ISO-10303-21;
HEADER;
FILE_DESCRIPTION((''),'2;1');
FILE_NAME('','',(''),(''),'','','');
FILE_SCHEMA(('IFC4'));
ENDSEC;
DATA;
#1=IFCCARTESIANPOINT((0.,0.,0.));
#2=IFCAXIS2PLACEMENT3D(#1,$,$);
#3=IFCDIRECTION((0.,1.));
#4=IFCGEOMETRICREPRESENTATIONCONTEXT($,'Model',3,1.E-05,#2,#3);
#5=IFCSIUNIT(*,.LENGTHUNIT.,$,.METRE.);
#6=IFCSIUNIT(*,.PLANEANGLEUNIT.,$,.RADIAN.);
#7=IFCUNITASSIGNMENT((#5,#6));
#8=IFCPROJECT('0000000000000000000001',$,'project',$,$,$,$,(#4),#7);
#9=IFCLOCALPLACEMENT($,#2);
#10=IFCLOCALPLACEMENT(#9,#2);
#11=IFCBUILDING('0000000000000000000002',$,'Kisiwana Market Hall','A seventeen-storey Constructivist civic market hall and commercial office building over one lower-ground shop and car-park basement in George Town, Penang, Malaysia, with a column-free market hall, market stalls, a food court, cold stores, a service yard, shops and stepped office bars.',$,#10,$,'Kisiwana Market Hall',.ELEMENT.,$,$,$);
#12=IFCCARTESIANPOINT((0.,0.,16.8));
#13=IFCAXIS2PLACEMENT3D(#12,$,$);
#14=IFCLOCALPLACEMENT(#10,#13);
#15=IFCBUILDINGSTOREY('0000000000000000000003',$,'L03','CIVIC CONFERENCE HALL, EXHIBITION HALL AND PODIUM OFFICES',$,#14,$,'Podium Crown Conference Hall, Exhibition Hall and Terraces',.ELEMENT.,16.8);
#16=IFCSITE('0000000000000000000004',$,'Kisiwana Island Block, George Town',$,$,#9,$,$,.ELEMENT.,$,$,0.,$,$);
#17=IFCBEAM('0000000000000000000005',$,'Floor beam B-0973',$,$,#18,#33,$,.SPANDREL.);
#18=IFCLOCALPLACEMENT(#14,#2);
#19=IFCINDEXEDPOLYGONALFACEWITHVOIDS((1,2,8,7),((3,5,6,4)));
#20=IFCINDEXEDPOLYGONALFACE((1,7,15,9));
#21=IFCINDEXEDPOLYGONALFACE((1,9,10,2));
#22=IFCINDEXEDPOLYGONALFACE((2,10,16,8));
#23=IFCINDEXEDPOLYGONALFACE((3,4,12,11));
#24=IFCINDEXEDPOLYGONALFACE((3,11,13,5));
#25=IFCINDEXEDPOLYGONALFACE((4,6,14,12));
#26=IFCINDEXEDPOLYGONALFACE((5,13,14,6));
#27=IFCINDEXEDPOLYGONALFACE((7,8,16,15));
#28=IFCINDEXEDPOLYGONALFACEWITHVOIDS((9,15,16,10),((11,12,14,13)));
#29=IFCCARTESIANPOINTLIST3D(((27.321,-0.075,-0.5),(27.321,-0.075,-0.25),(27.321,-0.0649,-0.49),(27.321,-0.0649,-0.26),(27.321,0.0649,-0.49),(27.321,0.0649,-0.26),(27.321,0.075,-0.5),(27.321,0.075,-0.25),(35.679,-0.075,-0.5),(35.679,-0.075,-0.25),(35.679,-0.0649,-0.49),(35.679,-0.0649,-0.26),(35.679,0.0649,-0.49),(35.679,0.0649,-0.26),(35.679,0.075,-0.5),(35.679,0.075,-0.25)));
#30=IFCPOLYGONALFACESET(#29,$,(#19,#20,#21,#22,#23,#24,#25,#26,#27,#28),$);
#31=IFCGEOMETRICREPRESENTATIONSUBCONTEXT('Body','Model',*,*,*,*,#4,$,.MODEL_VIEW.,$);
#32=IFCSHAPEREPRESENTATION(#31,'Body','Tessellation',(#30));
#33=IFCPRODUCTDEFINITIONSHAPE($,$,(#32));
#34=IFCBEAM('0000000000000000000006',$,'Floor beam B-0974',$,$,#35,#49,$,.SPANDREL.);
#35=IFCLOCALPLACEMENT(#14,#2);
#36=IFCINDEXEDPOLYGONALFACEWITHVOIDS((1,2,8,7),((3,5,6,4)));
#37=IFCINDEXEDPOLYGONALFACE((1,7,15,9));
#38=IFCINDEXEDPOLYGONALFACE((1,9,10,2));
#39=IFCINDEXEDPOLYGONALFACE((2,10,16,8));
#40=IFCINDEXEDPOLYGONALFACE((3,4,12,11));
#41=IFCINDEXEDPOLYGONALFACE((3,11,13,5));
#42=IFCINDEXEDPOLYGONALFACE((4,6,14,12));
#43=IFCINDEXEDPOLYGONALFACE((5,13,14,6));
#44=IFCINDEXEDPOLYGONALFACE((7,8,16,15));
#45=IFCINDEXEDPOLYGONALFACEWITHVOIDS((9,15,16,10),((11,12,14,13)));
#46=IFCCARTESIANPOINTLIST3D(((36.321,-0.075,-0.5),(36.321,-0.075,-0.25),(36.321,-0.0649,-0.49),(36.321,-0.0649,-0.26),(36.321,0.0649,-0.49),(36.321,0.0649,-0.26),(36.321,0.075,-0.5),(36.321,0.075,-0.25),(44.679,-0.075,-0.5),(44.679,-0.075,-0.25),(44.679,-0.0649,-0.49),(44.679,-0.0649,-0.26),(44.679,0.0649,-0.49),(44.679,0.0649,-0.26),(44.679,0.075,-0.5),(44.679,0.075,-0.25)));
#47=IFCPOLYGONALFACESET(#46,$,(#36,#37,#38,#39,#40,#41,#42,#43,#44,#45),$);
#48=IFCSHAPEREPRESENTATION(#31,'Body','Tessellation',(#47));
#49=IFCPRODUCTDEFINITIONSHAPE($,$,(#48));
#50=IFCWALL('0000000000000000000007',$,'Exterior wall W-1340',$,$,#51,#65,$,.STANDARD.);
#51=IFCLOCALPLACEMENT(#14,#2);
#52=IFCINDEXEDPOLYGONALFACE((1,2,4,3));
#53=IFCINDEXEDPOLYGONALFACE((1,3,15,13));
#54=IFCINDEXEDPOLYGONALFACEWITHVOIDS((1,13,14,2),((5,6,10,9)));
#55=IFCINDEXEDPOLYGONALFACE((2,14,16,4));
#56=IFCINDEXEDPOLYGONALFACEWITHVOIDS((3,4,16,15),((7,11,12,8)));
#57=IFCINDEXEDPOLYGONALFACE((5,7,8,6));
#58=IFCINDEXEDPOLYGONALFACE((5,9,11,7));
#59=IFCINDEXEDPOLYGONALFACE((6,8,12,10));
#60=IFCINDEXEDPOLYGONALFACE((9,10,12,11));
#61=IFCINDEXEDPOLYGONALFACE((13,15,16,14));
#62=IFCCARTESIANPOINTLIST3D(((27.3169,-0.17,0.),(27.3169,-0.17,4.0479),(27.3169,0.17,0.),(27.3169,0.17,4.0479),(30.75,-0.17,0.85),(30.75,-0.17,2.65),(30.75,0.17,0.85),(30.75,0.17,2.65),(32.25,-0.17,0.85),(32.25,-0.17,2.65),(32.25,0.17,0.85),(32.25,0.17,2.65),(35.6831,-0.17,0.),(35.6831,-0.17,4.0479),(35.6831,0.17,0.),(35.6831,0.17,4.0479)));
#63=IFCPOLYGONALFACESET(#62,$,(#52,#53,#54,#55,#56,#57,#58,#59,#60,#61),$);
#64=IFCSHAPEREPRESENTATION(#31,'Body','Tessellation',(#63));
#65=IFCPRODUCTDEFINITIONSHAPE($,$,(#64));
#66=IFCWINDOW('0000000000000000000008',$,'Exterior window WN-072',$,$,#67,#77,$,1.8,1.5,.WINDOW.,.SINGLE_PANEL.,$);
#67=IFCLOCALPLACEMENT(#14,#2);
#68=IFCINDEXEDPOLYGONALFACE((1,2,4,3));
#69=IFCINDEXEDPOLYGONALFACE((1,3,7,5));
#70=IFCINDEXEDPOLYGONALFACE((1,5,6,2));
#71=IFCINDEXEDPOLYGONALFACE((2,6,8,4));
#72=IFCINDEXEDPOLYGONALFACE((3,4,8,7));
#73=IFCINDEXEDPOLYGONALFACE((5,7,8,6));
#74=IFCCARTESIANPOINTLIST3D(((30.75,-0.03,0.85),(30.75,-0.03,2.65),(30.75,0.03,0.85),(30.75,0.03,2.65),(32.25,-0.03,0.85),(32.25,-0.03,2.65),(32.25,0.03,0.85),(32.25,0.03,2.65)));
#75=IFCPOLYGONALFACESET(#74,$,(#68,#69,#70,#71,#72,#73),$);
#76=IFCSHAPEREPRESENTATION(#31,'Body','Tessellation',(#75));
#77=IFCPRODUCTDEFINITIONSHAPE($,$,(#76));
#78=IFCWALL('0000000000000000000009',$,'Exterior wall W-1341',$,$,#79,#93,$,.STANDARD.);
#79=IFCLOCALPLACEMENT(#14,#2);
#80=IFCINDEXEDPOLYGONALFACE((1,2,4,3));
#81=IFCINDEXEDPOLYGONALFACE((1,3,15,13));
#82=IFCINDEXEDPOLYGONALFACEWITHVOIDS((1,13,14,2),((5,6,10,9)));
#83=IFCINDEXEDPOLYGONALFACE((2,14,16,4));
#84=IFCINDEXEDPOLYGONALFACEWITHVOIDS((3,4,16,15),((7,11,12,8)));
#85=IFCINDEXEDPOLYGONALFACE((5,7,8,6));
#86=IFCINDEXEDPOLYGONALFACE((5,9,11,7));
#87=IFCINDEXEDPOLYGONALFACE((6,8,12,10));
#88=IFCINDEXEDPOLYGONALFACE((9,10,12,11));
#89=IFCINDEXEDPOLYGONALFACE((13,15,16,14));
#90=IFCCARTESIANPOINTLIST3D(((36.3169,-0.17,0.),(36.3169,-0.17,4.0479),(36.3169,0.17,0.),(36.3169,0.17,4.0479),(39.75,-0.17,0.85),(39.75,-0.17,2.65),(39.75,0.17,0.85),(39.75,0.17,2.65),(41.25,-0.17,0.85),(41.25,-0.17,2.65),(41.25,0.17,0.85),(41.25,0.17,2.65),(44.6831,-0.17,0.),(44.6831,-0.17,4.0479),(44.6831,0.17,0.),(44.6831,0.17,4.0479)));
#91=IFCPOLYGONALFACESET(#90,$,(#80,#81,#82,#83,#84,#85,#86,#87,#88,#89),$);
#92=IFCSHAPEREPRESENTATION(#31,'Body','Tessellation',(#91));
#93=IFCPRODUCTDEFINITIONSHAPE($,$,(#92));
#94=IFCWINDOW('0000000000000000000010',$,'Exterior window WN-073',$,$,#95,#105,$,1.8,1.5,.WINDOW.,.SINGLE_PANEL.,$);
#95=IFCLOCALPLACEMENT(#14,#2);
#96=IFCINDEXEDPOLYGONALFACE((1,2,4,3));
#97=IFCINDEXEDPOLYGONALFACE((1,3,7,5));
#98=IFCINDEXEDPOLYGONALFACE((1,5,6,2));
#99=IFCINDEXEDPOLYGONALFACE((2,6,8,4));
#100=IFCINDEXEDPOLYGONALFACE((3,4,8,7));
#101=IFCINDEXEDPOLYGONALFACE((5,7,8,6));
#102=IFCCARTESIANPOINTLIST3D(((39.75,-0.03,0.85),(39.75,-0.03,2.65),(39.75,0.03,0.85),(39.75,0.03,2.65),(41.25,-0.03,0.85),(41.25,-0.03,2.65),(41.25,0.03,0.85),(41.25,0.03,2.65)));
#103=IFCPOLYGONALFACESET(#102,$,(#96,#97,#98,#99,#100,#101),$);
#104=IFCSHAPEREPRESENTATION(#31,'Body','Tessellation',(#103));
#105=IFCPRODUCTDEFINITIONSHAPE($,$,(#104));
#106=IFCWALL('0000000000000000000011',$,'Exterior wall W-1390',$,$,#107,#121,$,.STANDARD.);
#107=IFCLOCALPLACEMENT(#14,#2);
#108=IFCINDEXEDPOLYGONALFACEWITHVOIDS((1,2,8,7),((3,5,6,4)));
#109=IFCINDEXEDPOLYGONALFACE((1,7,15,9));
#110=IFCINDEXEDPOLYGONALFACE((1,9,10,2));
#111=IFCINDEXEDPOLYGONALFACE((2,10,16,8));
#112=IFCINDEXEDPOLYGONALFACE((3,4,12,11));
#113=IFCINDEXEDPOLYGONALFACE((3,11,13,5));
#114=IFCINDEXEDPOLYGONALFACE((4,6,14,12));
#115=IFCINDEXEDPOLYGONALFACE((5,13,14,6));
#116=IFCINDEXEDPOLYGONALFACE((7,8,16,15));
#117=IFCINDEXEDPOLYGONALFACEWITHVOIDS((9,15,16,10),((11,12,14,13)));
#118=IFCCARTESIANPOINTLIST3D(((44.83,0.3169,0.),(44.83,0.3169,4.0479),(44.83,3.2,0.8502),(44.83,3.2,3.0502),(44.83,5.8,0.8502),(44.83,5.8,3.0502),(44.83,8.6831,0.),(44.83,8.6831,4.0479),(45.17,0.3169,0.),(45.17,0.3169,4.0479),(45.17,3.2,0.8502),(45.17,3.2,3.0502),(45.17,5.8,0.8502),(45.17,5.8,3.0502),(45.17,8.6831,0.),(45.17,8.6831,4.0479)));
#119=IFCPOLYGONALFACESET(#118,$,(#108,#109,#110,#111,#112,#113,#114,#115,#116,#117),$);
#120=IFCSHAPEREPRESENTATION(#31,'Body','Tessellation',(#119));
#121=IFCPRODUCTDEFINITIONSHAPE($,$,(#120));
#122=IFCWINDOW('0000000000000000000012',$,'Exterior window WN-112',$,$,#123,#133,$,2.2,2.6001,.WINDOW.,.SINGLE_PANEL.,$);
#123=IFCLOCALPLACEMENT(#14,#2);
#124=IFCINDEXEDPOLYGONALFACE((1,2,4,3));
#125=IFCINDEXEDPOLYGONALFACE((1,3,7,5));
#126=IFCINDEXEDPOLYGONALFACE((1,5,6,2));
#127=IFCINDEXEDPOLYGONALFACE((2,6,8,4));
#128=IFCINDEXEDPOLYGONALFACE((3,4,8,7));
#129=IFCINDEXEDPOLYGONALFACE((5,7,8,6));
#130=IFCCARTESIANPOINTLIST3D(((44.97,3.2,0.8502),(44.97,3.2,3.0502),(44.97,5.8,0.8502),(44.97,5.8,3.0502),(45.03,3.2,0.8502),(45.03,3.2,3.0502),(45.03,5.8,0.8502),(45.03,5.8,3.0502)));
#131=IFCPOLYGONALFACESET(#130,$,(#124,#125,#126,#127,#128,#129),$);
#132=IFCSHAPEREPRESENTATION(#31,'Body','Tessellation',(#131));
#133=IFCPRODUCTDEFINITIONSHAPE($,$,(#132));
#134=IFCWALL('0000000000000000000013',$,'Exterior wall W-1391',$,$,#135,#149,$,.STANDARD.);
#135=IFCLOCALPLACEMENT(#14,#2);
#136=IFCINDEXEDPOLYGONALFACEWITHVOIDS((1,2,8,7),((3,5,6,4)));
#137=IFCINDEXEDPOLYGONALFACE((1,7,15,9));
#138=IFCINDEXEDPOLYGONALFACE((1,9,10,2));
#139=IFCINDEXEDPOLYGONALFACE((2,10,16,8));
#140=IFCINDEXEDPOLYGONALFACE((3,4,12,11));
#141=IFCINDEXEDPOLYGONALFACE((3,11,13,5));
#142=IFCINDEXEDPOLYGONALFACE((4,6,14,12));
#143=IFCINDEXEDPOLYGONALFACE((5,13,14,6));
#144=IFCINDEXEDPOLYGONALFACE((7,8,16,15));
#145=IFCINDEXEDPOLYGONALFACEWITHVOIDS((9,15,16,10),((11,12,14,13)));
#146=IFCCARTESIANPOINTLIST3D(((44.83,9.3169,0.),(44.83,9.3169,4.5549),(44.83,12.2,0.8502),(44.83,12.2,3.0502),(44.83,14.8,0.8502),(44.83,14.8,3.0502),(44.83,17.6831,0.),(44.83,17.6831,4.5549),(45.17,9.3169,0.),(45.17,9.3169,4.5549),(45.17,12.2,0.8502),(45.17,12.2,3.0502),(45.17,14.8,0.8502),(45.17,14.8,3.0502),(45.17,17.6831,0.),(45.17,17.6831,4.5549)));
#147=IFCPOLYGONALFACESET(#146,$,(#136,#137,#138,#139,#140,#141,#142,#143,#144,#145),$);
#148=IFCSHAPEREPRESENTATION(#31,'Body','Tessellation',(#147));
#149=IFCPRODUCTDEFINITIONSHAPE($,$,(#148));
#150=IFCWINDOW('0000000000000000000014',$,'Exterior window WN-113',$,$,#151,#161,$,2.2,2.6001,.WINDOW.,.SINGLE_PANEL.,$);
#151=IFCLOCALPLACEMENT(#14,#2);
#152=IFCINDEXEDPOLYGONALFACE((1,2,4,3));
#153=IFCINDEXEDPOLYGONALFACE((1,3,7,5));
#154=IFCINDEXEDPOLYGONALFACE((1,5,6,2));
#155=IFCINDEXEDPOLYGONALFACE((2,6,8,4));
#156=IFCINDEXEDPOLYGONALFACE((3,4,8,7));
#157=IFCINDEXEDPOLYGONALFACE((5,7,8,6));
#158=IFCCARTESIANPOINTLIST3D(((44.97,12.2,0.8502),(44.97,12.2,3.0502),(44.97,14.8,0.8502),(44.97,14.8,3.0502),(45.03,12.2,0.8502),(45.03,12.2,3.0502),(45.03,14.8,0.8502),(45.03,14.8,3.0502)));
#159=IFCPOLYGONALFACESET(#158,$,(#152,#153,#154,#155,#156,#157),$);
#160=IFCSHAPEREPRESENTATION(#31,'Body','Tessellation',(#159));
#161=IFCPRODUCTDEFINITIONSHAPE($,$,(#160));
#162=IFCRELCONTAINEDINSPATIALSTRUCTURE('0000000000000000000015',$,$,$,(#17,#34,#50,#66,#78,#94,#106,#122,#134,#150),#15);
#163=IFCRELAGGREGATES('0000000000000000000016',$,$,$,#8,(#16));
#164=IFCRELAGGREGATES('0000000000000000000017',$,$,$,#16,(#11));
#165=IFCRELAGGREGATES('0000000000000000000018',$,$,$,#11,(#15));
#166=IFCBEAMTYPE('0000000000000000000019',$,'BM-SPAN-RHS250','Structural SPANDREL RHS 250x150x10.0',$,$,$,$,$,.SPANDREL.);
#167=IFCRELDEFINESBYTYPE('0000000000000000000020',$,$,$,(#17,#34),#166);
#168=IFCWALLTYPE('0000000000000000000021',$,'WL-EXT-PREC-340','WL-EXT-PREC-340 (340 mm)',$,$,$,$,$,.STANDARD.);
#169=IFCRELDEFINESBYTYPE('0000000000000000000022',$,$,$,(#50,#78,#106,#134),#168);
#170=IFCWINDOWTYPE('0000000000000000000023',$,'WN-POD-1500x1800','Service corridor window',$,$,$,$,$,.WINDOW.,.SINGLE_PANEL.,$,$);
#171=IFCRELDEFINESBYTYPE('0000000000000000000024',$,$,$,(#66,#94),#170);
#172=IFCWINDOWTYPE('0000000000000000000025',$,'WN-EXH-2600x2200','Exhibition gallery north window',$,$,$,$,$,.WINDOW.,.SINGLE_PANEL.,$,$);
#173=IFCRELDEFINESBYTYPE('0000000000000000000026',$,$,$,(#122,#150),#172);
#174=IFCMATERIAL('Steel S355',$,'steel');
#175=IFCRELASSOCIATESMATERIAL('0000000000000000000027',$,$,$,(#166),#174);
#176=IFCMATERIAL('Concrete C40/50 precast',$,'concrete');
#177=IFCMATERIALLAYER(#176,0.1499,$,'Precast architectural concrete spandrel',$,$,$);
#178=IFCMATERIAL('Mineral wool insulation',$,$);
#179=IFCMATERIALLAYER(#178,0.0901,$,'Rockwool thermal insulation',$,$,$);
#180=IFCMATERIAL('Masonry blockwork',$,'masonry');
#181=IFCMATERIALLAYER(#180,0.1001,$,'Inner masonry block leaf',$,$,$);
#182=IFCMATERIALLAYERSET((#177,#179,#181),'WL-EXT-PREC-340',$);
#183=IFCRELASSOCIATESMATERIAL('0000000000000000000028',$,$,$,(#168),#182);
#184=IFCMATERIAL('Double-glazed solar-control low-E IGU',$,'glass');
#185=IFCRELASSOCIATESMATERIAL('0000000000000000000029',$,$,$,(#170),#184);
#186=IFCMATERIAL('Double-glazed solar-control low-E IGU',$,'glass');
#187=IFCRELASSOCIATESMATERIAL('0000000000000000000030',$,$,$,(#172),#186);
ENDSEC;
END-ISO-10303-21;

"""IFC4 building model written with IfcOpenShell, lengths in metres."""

from ifc_helpers import new_model, si_unit, direction, frame, frame_2d, origin, origin_2d, place, context, subcontext, project, spatial, rectangle, hollow_rectangle, extrude, material, layer, layer_set, material_profile, profile_set, type_object, element, fill, save


model = new_model("IFC4")

# Units and contexts
model_context = context("Model", 3, precision=1e-05, world=origin(), true_north=direction((0.0, 1.0)))
body_context = subcontext(model_context, "Body", "Model", "MODEL_VIEW")
ifc_project = project(units=[si_unit("LENGTHUNIT", "METRE"), si_unit("PLANEANGLEUNIT", "RADIAN")], contexts=[model_context])

# Site, building, storey
site_placement = place(None, origin())
site = spatial("IfcSite", under=ifc_project, at=site_placement, Name="Kisiwana Island Block, George Town", CompositionType="ELEMENT", RefElevation=0.0)
building_placement = place(site_placement, origin())
building = spatial("IfcBuilding", under=site, at=building_placement, Name="Kisiwana Market Hall", Description="A seventeen-storey Constructivist civic market hall and commercial office building over one lower-ground shop and car-park basement in George Town, Penang, Malaysia, with a column-free market hall, market stalls, a food court, cold stores, a service yard, shops and stepped office bars.", LongName="Kisiwana Market Hall", CompositionType="ELEMENT")
storey_placement = place(building_placement, frame((0.0, 0.0, 16.8)))
storey = spatial("IfcBuildingStorey", under=building, at=storey_placement, Name="L03", Description="CIVIC CONFERENCE HALL, EXHIBITION HALL AND PODIUM OFFICES", LongName="Podium Crown Conference Hall, Exhibition Hall and Terraces", CompositionType="ELEMENT", Elevation=16.8)

# Beams
ifc_material_1 = material(Name="Steel S355", Category="steel")
ifc_material_profile_1 = material_profile(ifc_material_1, hollow_rectangle(XDim=0.1499, YDim=0.25, WallThickness=0.01, at=origin_2d()), Name="RHS 250x150x10.0")
ifc_profile_set_1 = profile_set([ifc_material_profile_1], Name="Steel S355")
beam_type_1 = type_object("IfcBeamType", Name="BM-SPAN-RHS250", Description="Structural SPANDREL RHS 250x150x10.0", PredefinedType="SPANDREL", material=ifc_profile_set_1)
for number, where, z_axis, x_axis, name in (
    (1, (27.321, 0.0, -0.375), (1.0, 0.0, 0.0), (0.0, 1.0, 0.0), "Floor beam B-0973"),
    (2, (36.321, 0.0, -0.375), (1.0, 0.0, 0.0), (0.0, 1.0, 0.0), "Floor beam B-0974"),
):
    element("IfcBeam", number, at=place(storey_placement, frame(where, z_axis=z_axis, x_axis=x_axis)), inside=storey, type_object=beam_type_1, Name=name, PredefinedType="SPANDREL", context=body_context, shape_type="SweptSolid", body=[
        extrude(hollow_rectangle(XDim=0.1499, YDim=0.25, WallThickness=0.01, at=origin_2d()), origin(), (0.0, 0.0, 1.0), 8.3579),
    ])

# Walls, openings, windows
ifc_material_2 = material(Name="Concrete C40/50 precast", Category="concrete")
ifc_layer_1 = layer(ifc_material_2, 0.1499, Name="Precast architectural concrete spandrel")
ifc_material_3 = material(Name="Mineral wool insulation")
ifc_layer_2 = layer(ifc_material_3, 0.0901, Name="Rockwool thermal insulation")
ifc_material_4 = material(Name="Masonry blockwork", Category="masonry")
ifc_layer_3 = layer(ifc_material_4, 0.1001, Name="Inner masonry block leaf")
ifc_layer_set = layer_set([ifc_layer_1, ifc_layer_2, ifc_layer_3], Name="WL-EXT-PREC-340")
wall_type = type_object("IfcWallType", Name="WL-EXT-PREC-340", Description="WL-EXT-PREC-340 (340 mm)", PredefinedType="STANDARD", material=ifc_layer_set)
wall_1_placement = place(storey_placement, frame((27.3169, 0.0, 0.0), z_axis=(0.0, 0.0, 1.0), x_axis=(1.0, 0.0, 0.0)))
wall_1 = element("IfcWall", 3, at=wall_1_placement, inside=storey, type_object=wall_type, Name="Exterior wall W-1340", PredefinedType="STANDARD", context=body_context, shape_type="SweptSolid", body=[
    extrude(rectangle(XDim=8.3662, YDim=0.3401, at=frame_2d((4.1831, 0.0))), origin(), (0.0, 0.0, 1.0), 4.0479),
])
opening_1_placement = place(wall_1_placement, frame((3.4331, 0.0, 0.8501)))
opening_1 = element("IfcOpeningElement", 4, at=opening_1_placement, cuts=wall_1, PredefinedType="OPENING", context=body_context, shape_type="SweptSolid", body=[
    extrude(rectangle(XDim=1.5, YDim=1.8, at=frame_2d((0.75, 0.8999))), frame((0.0, 0.1821, 0.0), z_axis=(0.0, -1.0, 0.0), x_axis=(1.0, 0.0, 0.0)), (0.0, 0.0, 1.0), 0.364),
])
ifc_material_5 = material(Name="Double-glazed solar-control low-E IGU", Category="glass")
window_type_1 = type_object("IfcWindowType", Name="WN-POD-1500x1800", Description="Service corridor window", PartitioningType="SINGLE_PANEL", PredefinedType="WINDOW", material=ifc_material_5)
window_1_placement = place(opening_1_placement, origin())
window_1 = element("IfcWindow", 5, at=window_1_placement, inside=storey, type_object=window_type_1, Name="Exterior window WN-072", OverallHeight=1.8, OverallWidth=1.5, PartitioningType="SINGLE_PANEL", PredefinedType="WINDOW", context=body_context, shape_type="SweptSolid", body=[
    extrude(rectangle(XDim=1.5, YDim=1.8, at=frame_2d((0.75, 0.8999))), frame((0.0, 0.03, 0.0), z_axis=(0.0, -1.0, 0.0), x_axis=(1.0, 0.0, 0.0)), (0.0, 0.0, 1.0), 0.0601),
])
fill(opening_1, window_1)
wall_2_placement = place(storey_placement, frame((36.3169, 0.0, 0.0), z_axis=(0.0, 0.0, 1.0), x_axis=(1.0, 0.0, 0.0)))
wall_2 = element("IfcWall", 6, at=wall_2_placement, inside=storey, type_object=wall_type, Name="Exterior wall W-1341", PredefinedType="STANDARD", context=body_context, shape_type="SweptSolid", body=[
    extrude(rectangle(XDim=8.3662, YDim=0.3401, at=frame_2d((4.1831, 0.0))), origin(), (0.0, 0.0, 1.0), 4.0479),
])
opening_2_placement = place(wall_2_placement, frame((3.4331, 0.0, 0.8501)))
opening_2 = element("IfcOpeningElement", 7, at=opening_2_placement, cuts=wall_2, PredefinedType="OPENING", context=body_context, shape_type="SweptSolid", body=[
    extrude(rectangle(XDim=1.5, YDim=1.8, at=frame_2d((0.75, 0.8999))), frame((0.0, 0.1821, 0.0), z_axis=(0.0, -1.0, 0.0), x_axis=(1.0, 0.0, 0.0)), (0.0, 0.0, 1.0), 0.364),
])
window_2_placement = place(opening_2_placement, origin())
window_2 = element("IfcWindow", 8, at=window_2_placement, inside=storey, type_object=window_type_1, Name="Exterior window WN-073", OverallHeight=1.8, OverallWidth=1.5, PartitioningType="SINGLE_PANEL", PredefinedType="WINDOW", context=body_context, shape_type="SweptSolid", body=[
    extrude(rectangle(XDim=1.5, YDim=1.8, at=frame_2d((0.75, 0.8999))), frame((0.0, 0.03, 0.0), z_axis=(0.0, -1.0, 0.0), x_axis=(1.0, 0.0, 0.0)), (0.0, 0.0, 1.0), 0.0601),
])
fill(opening_2, window_2)
wall_3_placement = place(storey_placement, frame((45.0, 0.3169, 0.0), z_axis=(0.0, 0.0, 1.0), x_axis=(0.0, 1.0, 0.0)))
wall_3 = element("IfcWall", 9, at=wall_3_placement, inside=storey, type_object=wall_type, Name="Exterior wall W-1390", PredefinedType="STANDARD", context=body_context, shape_type="SweptSolid", body=[
    extrude(rectangle(XDim=8.3662, YDim=0.3401, at=frame_2d((4.1831, 0.0))), origin(), (0.0, 0.0, 1.0), 4.0479),
])
opening_3_placement = place(wall_3_placement, frame((2.8831, 0.0, 0.8501)))
opening_3 = element("IfcOpeningElement", 10, at=opening_3_placement, cuts=wall_3, PredefinedType="OPENING", context=body_context, shape_type="SweptSolid", body=[
    extrude(rectangle(XDim=2.6001, YDim=2.2, at=frame_2d((1.3, 1.1001))), frame((0.0, 0.1821, 0.0), z_axis=(0.0, -1.0, 0.0), x_axis=(1.0, 0.0, 0.0)), (0.0, 0.0, 1.0), 0.364),
])
ifc_material_6 = material(Name="Double-glazed solar-control low-E IGU", Category="glass")
window_type_2 = type_object("IfcWindowType", Name="WN-EXH-2600x2200", Description="Exhibition gallery north window", PartitioningType="SINGLE_PANEL", PredefinedType="WINDOW", material=ifc_material_6)
window_3_placement = place(opening_3_placement, origin())
window_3 = element("IfcWindow", 11, at=window_3_placement, inside=storey, type_object=window_type_2, Name="Exterior window WN-112", OverallHeight=2.2, OverallWidth=2.6001, PartitioningType="SINGLE_PANEL", PredefinedType="WINDOW", context=body_context, shape_type="SweptSolid", body=[
    extrude(rectangle(XDim=2.6001, YDim=2.2, at=frame_2d((1.3, 1.1001))), frame((0.0, 0.03, 0.0), z_axis=(0.0, -1.0, 0.0), x_axis=(1.0, 0.0, 0.0)), (0.0, 0.0, 1.0), 0.0601),
])
fill(opening_3, window_3)
wall_4_placement = place(storey_placement, frame((45.0, 9.3169, 0.0), z_axis=(0.0, 0.0, 1.0), x_axis=(0.0, 1.0, 0.0)))
wall_4 = element("IfcWall", 12, at=wall_4_placement, inside=storey, type_object=wall_type, Name="Exterior wall W-1391", PredefinedType="STANDARD", context=body_context, shape_type="SweptSolid", body=[
    extrude(rectangle(XDim=8.3662, YDim=0.3401, at=frame_2d((4.1831, 0.0))), origin(), (0.0, 0.0, 1.0), 4.5549),
])
opening_4_placement = place(wall_4_placement, frame((2.8831, 0.0, 0.8501)))
opening_4 = element("IfcOpeningElement", 13, at=opening_4_placement, cuts=wall_4, PredefinedType="OPENING", context=body_context, shape_type="SweptSolid", body=[
    extrude(rectangle(XDim=2.6001, YDim=2.2, at=frame_2d((1.3, 1.1001))), frame((0.0, 0.1821, 0.0), z_axis=(0.0, -1.0, 0.0), x_axis=(1.0, 0.0, 0.0)), (0.0, 0.0, 1.0), 0.364),
])
window_4_placement = place(opening_4_placement, origin())
window_4 = element("IfcWindow", 14, at=window_4_placement, inside=storey, type_object=window_type_2, Name="Exterior window WN-113", OverallHeight=2.2, OverallWidth=2.6001, PartitioningType="SINGLE_PANEL", PredefinedType="WINDOW", context=body_context, shape_type="SweptSolid", body=[
    extrude(rectangle(XDim=2.6001, YDim=2.2, at=frame_2d((1.3, 1.1001))), frame((0.0, 0.03, 0.0), z_axis=(0.0, -1.0, 0.0), x_axis=(1.0, 0.0, 0.0)), (0.0, 0.0, 1.0), 0.0601),
])
fill(opening_4, window_4)

save(model, "model.ifc")
